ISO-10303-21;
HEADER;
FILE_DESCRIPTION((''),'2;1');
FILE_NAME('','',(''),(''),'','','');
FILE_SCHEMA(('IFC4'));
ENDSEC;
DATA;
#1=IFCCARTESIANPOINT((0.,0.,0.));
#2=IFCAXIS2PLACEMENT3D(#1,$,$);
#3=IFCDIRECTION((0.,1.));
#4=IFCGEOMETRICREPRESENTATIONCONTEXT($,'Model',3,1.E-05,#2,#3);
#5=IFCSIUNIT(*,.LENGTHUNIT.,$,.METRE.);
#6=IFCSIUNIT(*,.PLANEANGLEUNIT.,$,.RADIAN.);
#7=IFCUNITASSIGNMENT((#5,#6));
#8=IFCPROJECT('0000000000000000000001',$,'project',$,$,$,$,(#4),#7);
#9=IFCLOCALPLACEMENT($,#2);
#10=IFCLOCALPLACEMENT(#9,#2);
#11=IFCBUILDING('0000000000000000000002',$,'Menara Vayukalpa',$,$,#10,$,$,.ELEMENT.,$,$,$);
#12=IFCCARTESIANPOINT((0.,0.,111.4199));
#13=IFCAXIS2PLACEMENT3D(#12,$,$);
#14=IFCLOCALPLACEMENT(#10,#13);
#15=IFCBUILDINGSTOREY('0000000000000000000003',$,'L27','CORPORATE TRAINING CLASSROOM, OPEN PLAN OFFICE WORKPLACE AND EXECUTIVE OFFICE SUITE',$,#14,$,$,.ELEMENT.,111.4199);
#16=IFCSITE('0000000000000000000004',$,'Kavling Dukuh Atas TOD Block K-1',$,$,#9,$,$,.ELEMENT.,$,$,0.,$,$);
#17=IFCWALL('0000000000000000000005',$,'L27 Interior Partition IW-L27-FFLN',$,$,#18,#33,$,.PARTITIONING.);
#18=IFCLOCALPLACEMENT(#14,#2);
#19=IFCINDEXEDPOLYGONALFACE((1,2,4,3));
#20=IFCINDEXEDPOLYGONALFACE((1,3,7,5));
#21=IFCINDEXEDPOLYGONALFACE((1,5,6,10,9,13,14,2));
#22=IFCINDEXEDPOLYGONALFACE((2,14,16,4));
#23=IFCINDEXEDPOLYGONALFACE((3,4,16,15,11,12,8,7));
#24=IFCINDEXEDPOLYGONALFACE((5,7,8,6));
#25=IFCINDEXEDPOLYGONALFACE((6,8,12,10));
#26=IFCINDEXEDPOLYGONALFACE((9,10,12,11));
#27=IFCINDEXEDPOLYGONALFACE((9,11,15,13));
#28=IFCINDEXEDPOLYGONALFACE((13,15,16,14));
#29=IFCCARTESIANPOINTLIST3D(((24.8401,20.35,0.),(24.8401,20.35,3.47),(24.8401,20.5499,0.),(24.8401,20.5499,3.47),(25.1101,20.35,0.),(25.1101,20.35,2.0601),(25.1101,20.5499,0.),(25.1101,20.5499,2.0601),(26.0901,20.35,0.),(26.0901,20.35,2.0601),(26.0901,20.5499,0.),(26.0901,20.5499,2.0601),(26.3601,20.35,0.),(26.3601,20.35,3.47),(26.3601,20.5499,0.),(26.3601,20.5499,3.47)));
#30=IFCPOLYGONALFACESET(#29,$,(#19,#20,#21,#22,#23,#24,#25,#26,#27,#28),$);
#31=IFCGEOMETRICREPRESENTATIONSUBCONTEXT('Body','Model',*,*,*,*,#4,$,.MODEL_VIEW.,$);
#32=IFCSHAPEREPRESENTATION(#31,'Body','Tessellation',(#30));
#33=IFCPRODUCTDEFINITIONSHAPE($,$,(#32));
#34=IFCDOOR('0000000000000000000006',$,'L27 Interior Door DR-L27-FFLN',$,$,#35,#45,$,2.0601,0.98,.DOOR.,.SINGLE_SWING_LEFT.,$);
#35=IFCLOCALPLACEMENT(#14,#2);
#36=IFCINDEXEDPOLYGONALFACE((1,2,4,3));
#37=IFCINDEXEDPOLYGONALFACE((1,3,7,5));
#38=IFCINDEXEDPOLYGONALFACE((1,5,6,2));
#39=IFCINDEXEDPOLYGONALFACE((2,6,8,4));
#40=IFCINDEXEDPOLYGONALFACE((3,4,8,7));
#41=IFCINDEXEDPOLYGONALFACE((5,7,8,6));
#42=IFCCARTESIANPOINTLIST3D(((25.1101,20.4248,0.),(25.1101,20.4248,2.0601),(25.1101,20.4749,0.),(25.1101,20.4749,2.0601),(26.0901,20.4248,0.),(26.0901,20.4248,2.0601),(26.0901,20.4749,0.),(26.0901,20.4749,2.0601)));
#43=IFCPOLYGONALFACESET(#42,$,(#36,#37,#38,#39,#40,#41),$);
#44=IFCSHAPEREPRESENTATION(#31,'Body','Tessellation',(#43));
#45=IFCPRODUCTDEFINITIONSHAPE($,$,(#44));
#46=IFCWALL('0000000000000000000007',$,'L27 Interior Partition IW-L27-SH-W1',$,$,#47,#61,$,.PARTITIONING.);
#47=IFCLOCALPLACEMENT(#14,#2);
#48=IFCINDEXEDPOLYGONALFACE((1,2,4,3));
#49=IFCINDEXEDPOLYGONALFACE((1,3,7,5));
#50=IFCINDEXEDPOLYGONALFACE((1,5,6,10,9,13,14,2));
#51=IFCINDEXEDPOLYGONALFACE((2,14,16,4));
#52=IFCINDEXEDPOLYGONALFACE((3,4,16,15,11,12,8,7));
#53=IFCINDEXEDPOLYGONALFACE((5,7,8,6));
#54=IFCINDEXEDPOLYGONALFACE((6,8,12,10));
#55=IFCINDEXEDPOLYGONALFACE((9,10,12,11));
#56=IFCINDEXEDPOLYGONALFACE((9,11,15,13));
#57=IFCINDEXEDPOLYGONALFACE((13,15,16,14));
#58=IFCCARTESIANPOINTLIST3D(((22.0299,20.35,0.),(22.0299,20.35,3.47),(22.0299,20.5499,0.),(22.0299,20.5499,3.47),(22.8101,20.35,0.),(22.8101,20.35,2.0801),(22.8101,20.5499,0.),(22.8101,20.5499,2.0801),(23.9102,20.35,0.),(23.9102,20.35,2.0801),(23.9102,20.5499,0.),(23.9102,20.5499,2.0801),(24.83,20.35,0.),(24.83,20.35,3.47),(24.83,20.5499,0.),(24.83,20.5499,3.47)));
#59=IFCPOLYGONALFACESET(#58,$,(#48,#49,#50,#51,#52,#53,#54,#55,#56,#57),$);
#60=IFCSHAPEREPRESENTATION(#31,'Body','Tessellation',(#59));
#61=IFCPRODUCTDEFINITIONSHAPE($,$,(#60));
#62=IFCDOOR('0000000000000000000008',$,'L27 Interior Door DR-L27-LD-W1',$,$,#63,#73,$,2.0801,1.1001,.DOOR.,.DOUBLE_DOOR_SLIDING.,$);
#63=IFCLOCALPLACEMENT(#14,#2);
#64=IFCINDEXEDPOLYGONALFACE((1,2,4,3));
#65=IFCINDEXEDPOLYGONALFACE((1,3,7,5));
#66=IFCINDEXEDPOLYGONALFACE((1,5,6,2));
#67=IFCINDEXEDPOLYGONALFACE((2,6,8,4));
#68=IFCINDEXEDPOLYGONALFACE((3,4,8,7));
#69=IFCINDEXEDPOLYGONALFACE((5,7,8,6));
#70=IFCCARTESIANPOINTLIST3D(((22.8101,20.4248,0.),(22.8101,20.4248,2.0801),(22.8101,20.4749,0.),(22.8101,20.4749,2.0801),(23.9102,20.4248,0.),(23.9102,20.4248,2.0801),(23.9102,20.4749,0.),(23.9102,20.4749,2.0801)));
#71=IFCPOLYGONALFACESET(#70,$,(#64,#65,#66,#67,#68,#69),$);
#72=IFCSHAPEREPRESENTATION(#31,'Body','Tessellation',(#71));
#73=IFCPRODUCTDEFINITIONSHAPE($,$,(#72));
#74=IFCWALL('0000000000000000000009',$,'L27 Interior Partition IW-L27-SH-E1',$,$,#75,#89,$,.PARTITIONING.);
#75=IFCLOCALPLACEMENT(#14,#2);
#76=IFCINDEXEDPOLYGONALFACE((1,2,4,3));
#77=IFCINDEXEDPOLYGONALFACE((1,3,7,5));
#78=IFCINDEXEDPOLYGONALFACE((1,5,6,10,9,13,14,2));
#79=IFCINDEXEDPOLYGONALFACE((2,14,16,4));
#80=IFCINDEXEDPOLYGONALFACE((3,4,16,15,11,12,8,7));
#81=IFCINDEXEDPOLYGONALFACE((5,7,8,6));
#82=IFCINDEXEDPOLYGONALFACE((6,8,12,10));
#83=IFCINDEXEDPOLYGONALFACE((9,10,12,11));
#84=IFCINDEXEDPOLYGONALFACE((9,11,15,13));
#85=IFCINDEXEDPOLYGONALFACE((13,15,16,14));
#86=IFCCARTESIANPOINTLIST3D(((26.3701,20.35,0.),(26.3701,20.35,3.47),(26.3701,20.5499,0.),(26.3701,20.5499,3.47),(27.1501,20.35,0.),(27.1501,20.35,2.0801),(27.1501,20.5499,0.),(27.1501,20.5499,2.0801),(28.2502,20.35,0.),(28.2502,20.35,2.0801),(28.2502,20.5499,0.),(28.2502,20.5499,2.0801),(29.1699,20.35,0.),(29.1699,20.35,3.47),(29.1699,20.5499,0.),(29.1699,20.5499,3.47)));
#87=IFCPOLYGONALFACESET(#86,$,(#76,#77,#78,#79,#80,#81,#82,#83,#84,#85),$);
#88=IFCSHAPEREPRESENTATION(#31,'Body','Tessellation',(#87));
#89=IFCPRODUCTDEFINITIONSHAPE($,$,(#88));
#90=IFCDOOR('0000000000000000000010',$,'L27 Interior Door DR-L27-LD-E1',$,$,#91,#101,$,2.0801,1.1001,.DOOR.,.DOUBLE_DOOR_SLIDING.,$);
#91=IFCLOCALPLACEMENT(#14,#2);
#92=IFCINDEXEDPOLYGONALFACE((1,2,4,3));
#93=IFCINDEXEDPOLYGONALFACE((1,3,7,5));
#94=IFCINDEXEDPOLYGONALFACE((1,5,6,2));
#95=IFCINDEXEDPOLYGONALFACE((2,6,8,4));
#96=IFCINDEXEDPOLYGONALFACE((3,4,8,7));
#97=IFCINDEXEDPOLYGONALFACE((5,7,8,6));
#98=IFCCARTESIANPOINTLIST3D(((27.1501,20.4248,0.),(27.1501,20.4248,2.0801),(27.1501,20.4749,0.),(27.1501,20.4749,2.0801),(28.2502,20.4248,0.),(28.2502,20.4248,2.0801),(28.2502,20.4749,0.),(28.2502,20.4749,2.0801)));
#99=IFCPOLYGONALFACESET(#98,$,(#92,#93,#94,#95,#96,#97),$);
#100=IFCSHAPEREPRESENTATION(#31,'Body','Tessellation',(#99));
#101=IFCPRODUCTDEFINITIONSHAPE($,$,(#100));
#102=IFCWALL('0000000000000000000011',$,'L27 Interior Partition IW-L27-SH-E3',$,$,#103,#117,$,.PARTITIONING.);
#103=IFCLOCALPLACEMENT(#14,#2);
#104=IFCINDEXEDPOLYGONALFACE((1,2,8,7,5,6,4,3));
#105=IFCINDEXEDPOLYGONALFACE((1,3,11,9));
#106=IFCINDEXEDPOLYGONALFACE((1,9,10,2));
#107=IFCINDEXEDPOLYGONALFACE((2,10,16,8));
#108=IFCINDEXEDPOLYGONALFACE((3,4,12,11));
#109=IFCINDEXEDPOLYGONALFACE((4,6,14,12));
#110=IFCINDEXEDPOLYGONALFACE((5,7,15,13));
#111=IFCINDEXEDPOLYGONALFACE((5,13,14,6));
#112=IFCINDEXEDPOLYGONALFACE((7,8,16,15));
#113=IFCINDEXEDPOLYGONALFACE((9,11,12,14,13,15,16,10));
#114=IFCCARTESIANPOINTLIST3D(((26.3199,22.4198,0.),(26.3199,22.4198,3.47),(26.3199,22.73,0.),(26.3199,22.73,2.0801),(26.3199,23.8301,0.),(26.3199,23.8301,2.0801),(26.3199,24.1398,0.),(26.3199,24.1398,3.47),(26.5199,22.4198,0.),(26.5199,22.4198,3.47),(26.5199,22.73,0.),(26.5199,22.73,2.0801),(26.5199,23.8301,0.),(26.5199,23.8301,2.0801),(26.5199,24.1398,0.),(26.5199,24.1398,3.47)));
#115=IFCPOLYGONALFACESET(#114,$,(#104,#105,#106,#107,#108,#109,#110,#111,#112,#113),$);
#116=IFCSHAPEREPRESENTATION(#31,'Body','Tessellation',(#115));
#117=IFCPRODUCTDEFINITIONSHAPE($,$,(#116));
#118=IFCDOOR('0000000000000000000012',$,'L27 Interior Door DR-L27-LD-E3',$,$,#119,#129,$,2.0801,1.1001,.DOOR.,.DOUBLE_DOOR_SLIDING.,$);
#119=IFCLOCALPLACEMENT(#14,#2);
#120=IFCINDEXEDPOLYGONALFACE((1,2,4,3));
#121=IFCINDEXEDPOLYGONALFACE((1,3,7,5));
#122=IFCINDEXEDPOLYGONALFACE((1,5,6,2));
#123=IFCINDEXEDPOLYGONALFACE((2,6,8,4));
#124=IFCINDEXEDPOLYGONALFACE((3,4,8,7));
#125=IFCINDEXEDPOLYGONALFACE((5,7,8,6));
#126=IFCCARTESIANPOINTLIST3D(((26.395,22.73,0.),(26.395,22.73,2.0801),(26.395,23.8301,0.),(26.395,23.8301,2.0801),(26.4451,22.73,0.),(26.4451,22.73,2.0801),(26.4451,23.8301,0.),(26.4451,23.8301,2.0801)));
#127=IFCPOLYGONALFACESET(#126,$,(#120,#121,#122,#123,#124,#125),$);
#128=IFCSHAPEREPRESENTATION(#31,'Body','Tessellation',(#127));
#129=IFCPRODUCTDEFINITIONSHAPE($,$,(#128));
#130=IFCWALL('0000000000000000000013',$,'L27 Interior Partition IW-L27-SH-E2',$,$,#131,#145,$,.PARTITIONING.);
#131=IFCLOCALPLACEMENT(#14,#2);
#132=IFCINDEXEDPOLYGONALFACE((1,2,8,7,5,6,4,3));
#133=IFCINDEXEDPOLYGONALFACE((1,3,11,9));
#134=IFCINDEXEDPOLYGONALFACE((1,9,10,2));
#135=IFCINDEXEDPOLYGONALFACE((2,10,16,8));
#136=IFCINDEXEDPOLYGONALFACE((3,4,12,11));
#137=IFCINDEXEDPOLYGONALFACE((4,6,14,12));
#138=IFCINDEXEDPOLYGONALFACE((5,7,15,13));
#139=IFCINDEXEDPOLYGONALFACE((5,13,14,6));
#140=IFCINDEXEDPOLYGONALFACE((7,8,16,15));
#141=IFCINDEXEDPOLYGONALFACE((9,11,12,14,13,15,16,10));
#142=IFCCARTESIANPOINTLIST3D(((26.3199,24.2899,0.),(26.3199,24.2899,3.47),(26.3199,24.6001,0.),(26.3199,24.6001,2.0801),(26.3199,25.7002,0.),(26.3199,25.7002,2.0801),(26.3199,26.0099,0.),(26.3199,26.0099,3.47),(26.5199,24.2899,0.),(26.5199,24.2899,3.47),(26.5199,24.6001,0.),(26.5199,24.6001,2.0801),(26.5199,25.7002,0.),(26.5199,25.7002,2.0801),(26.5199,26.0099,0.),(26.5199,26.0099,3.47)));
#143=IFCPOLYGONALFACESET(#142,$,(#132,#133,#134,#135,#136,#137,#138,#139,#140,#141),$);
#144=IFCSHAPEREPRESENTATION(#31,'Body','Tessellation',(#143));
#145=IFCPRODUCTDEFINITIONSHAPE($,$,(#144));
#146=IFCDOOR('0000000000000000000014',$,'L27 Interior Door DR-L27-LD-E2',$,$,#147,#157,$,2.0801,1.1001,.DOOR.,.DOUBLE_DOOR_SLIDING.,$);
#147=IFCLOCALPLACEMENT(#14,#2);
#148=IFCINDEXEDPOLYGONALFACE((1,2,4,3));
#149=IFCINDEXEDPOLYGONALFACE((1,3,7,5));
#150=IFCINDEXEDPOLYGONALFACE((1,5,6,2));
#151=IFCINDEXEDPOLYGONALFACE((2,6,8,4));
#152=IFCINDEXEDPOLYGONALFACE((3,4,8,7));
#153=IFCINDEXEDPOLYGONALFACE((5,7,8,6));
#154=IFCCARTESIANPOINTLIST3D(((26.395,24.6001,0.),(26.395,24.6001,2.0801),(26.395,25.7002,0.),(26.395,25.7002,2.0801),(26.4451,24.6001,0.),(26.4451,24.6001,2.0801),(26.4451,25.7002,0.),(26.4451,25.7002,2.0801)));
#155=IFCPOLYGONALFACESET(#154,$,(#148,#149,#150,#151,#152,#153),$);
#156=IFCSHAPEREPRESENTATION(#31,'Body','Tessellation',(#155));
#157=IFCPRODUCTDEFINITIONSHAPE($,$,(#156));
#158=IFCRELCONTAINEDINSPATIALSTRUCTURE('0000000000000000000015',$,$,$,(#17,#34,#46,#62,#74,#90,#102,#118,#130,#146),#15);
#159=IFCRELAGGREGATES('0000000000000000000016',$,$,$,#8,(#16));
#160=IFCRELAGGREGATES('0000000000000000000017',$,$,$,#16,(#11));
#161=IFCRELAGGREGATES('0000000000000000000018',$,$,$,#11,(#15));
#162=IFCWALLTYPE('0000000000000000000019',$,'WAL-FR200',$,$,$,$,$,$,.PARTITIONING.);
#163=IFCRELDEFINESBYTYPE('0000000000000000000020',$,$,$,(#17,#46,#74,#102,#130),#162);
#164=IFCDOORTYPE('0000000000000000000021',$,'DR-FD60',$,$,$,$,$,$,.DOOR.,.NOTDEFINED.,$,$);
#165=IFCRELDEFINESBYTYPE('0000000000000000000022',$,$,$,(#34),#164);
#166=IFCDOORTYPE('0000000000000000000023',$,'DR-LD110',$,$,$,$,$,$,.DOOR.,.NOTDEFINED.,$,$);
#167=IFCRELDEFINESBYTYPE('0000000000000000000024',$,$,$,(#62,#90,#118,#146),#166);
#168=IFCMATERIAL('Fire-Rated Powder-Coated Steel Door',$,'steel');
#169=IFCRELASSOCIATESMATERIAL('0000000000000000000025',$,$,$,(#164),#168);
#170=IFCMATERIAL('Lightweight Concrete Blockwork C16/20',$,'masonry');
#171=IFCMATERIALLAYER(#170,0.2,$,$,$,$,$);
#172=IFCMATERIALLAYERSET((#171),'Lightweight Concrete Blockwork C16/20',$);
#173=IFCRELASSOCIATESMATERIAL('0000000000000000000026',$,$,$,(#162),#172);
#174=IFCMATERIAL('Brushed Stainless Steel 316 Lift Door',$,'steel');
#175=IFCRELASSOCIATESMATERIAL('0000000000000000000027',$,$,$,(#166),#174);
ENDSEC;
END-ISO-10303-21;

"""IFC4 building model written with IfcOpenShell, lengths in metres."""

from ifc_helpers import new_model, si_unit, direction, frame, frame_2d, origin, place, context, subcontext, project, spatial, rectangle, extrude, material, layer, layer_set, type_object, element, fill, save


model = new_model("IFC4")

# Units and contexts
model_context = context("Model", 3, precision=1e-05, world=origin(), true_north=direction((0.0, 1.0)))
body_context = subcontext(model_context, "Body", "Model", "MODEL_VIEW")
ifc_project = project(units=[si_unit("LENGTHUNIT", "METRE"), si_unit("PLANEANGLEUNIT", "RADIAN")], contexts=[model_context])

# Site, building, storey
site_placement = place(None, origin())
site = spatial("IfcSite", under=ifc_project, at=site_placement, Name="Kavling Dukuh Atas TOD Block K-1", CompositionType="ELEMENT", RefElevation=0.0)
building_placement = place(site_placement, origin())
building = spatial("IfcBuilding", under=site, at=building_placement, Name="Menara Vayukalpa", CompositionType="ELEMENT")
storey_placement = place(building_placement, frame((0.0, 0.0, 111.4199)))
storey = spatial("IfcBuildingStorey", under=building, at=storey_placement, Name="L27", Description="CORPORATE TRAINING CLASSROOM, OPEN PLAN OFFICE WORKPLACE AND EXECUTIVE OFFICE SUITE", CompositionType="ELEMENT", Elevation=111.4199)

# Walls, openings, doors
ifc_material_1 = material(Name="Fire-Rated Powder-Coated Steel Door", Category="steel")
door_type_1 = type_object("IfcDoorType", Name="DR-FD60", OperationType="NOTDEFINED", PredefinedType="DOOR", material=ifc_material_1)
ifc_material_2 = material(Name="Lightweight Concrete Blockwork C16/20", Category="masonry")
ifc_layer_1 = layer(ifc_material_2, 0.2)
ifc_layer_set_1 = layer_set([ifc_layer_1], Name="Lightweight Concrete Blockwork C16/20")
wall_type_1 = type_object("IfcWallType", Name="WAL-FR200", PredefinedType="PARTITIONING", material=ifc_layer_set_1)
wall_1_placement = place(storey_placement, frame((24.8401, 20.45, 0.0), z_axis=(0.0, 0.0, 1.0), x_axis=(1.0, 0.0, 0.0)))
wall_1 = element("IfcWall", 1, at=wall_1_placement, inside=storey, type_object=wall_type_1, Name="L27 Interior Partition IW-L27-FFLN", PredefinedType="PARTITIONING", context=body_context, shape_type="SweptSolid", body=[
    extrude(rectangle(XDim=1.52, YDim=0.2, at=frame_2d((0.76, 0.0))), origin(), (0.0, 0.0, 1.0), 3.47),
])
opening_1_placement = place(wall_1_placement, frame((0.27, 0.0, 0.0)))
opening_1 = element("IfcOpeningElement", 2, at=opening_1_placement, cuts=wall_1, PredefinedType="OPENING", context=body_context, shape_type="SweptSolid", body=[
    extrude(rectangle(XDim=0.98, YDim=2.0601, at=frame_2d((0.49, 1.03))), frame((0.0, 0.1099, 0.0), z_axis=(0.0, -1.0, 0.0), x_axis=(1.0, 0.0, 0.0)), (0.0, 0.0, 1.0), 0.22),
])
door_1_placement = place(opening_1_placement, origin())
door_1 = element("IfcDoor", 3, at=door_1_placement, inside=storey, type_object=door_type_1, Name="L27 Interior Door DR-L27-FFLN", OperationType="SINGLE_SWING_LEFT", OverallHeight=2.0601, OverallWidth=0.98, PredefinedType="DOOR", context=body_context, shape_type="SweptSolid", body=[
    extrude(rectangle(XDim=0.98, YDim=2.0601, at=frame_2d((0.49, 1.03))), frame((0.0, 0.0249, 0.0), z_axis=(0.0, -1.0, 0.0), x_axis=(1.0, 0.0, 0.0)), (0.0, 0.0, 1.0), 0.05),
])
fill(opening_1, door_1)
wall_2_placement = place(storey_placement, frame((22.03, 20.45, 0.0), z_axis=(0.0, 0.0, 1.0), x_axis=(1.0, 0.0, 0.0)))
wall_2 = element("IfcWall", 4, at=wall_2_placement, inside=storey, type_object=wall_type_1, Name="L27 Interior Partition IW-L27-SH-W1", PredefinedType="PARTITIONING", context=body_context, shape_type="SweptSolid", body=[
    extrude(rectangle(XDim=2.8, YDim=0.2, at=frame_2d((1.3999, 0.0))), origin(), (0.0, 0.0, 1.0), 3.47),
])
opening_2_placement = place(wall_2_placement, frame((0.78, 0.0, 0.0)))
opening_2 = element("IfcOpeningElement", 5, at=opening_2_placement, cuts=wall_2, PredefinedType="OPENING", context=body_context, shape_type="SweptSolid", body=[
    extrude(rectangle(XDim=1.1001, YDim=2.0801, at=frame_2d((0.55, 1.04))), frame((0.0, 0.1099, 0.0), z_axis=(0.0, -1.0, 0.0), x_axis=(1.0, 0.0, 0.0)), (0.0, 0.0, 1.0), 0.22),
])
ifc_material_3 = material(Name="Brushed Stainless Steel 316 Lift Door", Category="steel")
door_type_2 = type_object("IfcDoorType", Name="DR-LD110", OperationType="NOTDEFINED", PredefinedType="DOOR", material=ifc_material_3)
door_2_placement = place(opening_2_placement, origin())
door_2 = element("IfcDoor", 6, at=door_2_placement, inside=storey, type_object=door_type_2, Name="L27 Interior Door DR-L27-LD-W1", OperationType="DOUBLE_DOOR_SLIDING", OverallHeight=2.0801, OverallWidth=1.1001, PredefinedType="DOOR", context=body_context, shape_type="SweptSolid", body=[
    extrude(rectangle(XDim=1.1001, YDim=2.0801, at=frame_2d((0.55, 1.04))), frame((0.0, 0.0249, 0.0), z_axis=(0.0, -1.0, 0.0), x_axis=(1.0, 0.0, 0.0)), (0.0, 0.0, 1.0), 0.05),
])
fill(opening_2, door_2)
wall_3_placement = place(storey_placement, frame((26.3701, 20.45, 0.0), z_axis=(0.0, 0.0, 1.0), x_axis=(1.0, 0.0, 0.0)))
wall_3 = element("IfcWall", 7, at=wall_3_placement, inside=storey, type_object=wall_type_1, Name="L27 Interior Partition IW-L27-SH-E1", PredefinedType="PARTITIONING", context=body_context, shape_type="SweptSolid", body=[
    extrude(rectangle(XDim=2.7998, YDim=0.2, at=frame_2d((1.3999, 0.0))), origin(), (0.0, 0.0, 1.0), 3.47),
])
opening_3_placement = place(wall_3_placement, frame((0.78, 0.0, 0.0)))
opening_3 = element("IfcOpeningElement", 8, at=opening_3_placement, cuts=wall_3, PredefinedType="OPENING", context=body_context, shape_type="SweptSolid", body=[
    extrude(rectangle(XDim=1.1001, YDim=2.0801, at=frame_2d((0.55, 1.04))), frame((0.0, 0.1099, 0.0), z_axis=(0.0, -1.0, 0.0), x_axis=(1.0, 0.0, 0.0)), (0.0, 0.0, 1.0), 0.22),
])
door_3_placement = place(opening_3_placement, origin())
door_3 = element("IfcDoor", 9, at=door_3_placement, inside=storey, type_object=door_type_2, Name="L27 Interior Door DR-L27-LD-E1", OperationType="DOUBLE_DOOR_SLIDING", OverallHeight=2.0801, OverallWidth=1.1001, PredefinedType="DOOR", context=body_context, shape_type="SweptSolid", body=[
    extrude(rectangle(XDim=1.1001, YDim=2.0801, at=frame_2d((0.55, 1.04))), frame((0.0, 0.0249, 0.0), z_axis=(0.0, -1.0, 0.0), x_axis=(1.0, 0.0, 0.0)), (0.0, 0.0, 1.0), 0.05),
])
fill(opening_3, door_3)
wall_4_placement = place(storey_placement, frame((26.4199, 22.4199, 0.0), z_axis=(0.0, 0.0, 1.0), x_axis=(0.0, 1.0, 0.0)))
wall_4 = element("IfcWall", 10, at=wall_4_placement, inside=storey, type_object=wall_type_1, Name="L27 Interior Partition IW-L27-SH-E3", PredefinedType="PARTITIONING", context=body_context, shape_type="SweptSolid", body=[
    extrude(rectangle(XDim=1.72, YDim=0.2, at=frame_2d((0.8599, 0.0))), origin(), (0.0, 0.0, 1.0), 3.47),
])
opening_4_placement = place(wall_4_placement, frame((0.3101, 0.0, 0.0)))
opening_4 = element("IfcOpeningElement", 11, at=opening_4_placement, cuts=wall_4, PredefinedType="OPENING", context=body_context, shape_type="SweptSolid", body=[
    extrude(rectangle(XDim=1.1001, YDim=2.0801, at=frame_2d((0.55, 1.04))), frame((0.0, 0.1099, 0.0), z_axis=(0.0, -1.0, 0.0), x_axis=(1.0, 0.0, 0.0)), (0.0, 0.0, 1.0), 0.22),
])
door_4_placement = place(opening_4_placement, origin())
door_4 = element("IfcDoor", 12, at=door_4_placement, inside=storey, type_object=door_type_2, Name="L27 Interior Door DR-L27-LD-E3", OperationType="DOUBLE_DOOR_SLIDING", OverallHeight=2.0801, OverallWidth=1.1001, PredefinedType="DOOR", context=body_context, shape_type="SweptSolid", body=[
    extrude(rectangle(XDim=1.1001, YDim=2.0801, at=frame_2d((0.55, 1.04))), frame((0.0, 0.0249, 0.0), z_axis=(0.0, -1.0, 0.0), x_axis=(1.0, 0.0, 0.0)), (0.0, 0.0, 1.0), 0.05),
])
fill(opening_4, door_4)
wall_5_placement = place(storey_placement, frame((26.4199, 24.29, 0.0), z_axis=(0.0, 0.0, 1.0), x_axis=(0.0, 1.0, 0.0)))
wall_5 = element("IfcWall", 13, at=wall_5_placement, inside=storey, type_object=wall_type_1, Name="L27 Interior Partition IW-L27-SH-E2", PredefinedType="PARTITIONING", context=body_context, shape_type="SweptSolid", body=[
    extrude(rectangle(XDim=1.72, YDim=0.2, at=frame_2d((0.8599, 0.0))), origin(), (0.0, 0.0, 1.0), 3.47),
])
opening_5_placement = place(wall_5_placement, frame((0.3101, 0.0, 0.0)))
opening_5 = element("IfcOpeningElement", 14, at=opening_5_placement, cuts=wall_5, PredefinedType="OPENING", context=body_context, shape_type="SweptSolid", body=[
    extrude(rectangle(XDim=1.1001, YDim=2.0801, at=frame_2d((0.55, 1.04))), frame((0.0, 0.1099, 0.0), z_axis=(0.0, -1.0, 0.0), x_axis=(1.0, 0.0, 0.0)), (0.0, 0.0, 1.0), 0.22),
])
door_5_placement = place(opening_5_placement, origin())
door_5 = element("IfcDoor", 15, at=door_5_placement, inside=storey, type_object=door_type_2, Name="L27 Interior Door DR-L27-LD-E2", OperationType="DOUBLE_DOOR_SLIDING", OverallHeight=2.0801, OverallWidth=1.1001, PredefinedType="DOOR", context=body_context, shape_type="SweptSolid", body=[
    extrude(rectangle(XDim=1.1001, YDim=2.0801, at=frame_2d((0.55, 1.04))), frame((0.0, 0.0249, 0.0), z_axis=(0.0, -1.0, 0.0), x_axis=(1.0, 0.0, 0.0)), (0.0, 0.0, 1.0), 0.05),
])
fill(opening_5, door_5)

save(model, "model.ifc")
